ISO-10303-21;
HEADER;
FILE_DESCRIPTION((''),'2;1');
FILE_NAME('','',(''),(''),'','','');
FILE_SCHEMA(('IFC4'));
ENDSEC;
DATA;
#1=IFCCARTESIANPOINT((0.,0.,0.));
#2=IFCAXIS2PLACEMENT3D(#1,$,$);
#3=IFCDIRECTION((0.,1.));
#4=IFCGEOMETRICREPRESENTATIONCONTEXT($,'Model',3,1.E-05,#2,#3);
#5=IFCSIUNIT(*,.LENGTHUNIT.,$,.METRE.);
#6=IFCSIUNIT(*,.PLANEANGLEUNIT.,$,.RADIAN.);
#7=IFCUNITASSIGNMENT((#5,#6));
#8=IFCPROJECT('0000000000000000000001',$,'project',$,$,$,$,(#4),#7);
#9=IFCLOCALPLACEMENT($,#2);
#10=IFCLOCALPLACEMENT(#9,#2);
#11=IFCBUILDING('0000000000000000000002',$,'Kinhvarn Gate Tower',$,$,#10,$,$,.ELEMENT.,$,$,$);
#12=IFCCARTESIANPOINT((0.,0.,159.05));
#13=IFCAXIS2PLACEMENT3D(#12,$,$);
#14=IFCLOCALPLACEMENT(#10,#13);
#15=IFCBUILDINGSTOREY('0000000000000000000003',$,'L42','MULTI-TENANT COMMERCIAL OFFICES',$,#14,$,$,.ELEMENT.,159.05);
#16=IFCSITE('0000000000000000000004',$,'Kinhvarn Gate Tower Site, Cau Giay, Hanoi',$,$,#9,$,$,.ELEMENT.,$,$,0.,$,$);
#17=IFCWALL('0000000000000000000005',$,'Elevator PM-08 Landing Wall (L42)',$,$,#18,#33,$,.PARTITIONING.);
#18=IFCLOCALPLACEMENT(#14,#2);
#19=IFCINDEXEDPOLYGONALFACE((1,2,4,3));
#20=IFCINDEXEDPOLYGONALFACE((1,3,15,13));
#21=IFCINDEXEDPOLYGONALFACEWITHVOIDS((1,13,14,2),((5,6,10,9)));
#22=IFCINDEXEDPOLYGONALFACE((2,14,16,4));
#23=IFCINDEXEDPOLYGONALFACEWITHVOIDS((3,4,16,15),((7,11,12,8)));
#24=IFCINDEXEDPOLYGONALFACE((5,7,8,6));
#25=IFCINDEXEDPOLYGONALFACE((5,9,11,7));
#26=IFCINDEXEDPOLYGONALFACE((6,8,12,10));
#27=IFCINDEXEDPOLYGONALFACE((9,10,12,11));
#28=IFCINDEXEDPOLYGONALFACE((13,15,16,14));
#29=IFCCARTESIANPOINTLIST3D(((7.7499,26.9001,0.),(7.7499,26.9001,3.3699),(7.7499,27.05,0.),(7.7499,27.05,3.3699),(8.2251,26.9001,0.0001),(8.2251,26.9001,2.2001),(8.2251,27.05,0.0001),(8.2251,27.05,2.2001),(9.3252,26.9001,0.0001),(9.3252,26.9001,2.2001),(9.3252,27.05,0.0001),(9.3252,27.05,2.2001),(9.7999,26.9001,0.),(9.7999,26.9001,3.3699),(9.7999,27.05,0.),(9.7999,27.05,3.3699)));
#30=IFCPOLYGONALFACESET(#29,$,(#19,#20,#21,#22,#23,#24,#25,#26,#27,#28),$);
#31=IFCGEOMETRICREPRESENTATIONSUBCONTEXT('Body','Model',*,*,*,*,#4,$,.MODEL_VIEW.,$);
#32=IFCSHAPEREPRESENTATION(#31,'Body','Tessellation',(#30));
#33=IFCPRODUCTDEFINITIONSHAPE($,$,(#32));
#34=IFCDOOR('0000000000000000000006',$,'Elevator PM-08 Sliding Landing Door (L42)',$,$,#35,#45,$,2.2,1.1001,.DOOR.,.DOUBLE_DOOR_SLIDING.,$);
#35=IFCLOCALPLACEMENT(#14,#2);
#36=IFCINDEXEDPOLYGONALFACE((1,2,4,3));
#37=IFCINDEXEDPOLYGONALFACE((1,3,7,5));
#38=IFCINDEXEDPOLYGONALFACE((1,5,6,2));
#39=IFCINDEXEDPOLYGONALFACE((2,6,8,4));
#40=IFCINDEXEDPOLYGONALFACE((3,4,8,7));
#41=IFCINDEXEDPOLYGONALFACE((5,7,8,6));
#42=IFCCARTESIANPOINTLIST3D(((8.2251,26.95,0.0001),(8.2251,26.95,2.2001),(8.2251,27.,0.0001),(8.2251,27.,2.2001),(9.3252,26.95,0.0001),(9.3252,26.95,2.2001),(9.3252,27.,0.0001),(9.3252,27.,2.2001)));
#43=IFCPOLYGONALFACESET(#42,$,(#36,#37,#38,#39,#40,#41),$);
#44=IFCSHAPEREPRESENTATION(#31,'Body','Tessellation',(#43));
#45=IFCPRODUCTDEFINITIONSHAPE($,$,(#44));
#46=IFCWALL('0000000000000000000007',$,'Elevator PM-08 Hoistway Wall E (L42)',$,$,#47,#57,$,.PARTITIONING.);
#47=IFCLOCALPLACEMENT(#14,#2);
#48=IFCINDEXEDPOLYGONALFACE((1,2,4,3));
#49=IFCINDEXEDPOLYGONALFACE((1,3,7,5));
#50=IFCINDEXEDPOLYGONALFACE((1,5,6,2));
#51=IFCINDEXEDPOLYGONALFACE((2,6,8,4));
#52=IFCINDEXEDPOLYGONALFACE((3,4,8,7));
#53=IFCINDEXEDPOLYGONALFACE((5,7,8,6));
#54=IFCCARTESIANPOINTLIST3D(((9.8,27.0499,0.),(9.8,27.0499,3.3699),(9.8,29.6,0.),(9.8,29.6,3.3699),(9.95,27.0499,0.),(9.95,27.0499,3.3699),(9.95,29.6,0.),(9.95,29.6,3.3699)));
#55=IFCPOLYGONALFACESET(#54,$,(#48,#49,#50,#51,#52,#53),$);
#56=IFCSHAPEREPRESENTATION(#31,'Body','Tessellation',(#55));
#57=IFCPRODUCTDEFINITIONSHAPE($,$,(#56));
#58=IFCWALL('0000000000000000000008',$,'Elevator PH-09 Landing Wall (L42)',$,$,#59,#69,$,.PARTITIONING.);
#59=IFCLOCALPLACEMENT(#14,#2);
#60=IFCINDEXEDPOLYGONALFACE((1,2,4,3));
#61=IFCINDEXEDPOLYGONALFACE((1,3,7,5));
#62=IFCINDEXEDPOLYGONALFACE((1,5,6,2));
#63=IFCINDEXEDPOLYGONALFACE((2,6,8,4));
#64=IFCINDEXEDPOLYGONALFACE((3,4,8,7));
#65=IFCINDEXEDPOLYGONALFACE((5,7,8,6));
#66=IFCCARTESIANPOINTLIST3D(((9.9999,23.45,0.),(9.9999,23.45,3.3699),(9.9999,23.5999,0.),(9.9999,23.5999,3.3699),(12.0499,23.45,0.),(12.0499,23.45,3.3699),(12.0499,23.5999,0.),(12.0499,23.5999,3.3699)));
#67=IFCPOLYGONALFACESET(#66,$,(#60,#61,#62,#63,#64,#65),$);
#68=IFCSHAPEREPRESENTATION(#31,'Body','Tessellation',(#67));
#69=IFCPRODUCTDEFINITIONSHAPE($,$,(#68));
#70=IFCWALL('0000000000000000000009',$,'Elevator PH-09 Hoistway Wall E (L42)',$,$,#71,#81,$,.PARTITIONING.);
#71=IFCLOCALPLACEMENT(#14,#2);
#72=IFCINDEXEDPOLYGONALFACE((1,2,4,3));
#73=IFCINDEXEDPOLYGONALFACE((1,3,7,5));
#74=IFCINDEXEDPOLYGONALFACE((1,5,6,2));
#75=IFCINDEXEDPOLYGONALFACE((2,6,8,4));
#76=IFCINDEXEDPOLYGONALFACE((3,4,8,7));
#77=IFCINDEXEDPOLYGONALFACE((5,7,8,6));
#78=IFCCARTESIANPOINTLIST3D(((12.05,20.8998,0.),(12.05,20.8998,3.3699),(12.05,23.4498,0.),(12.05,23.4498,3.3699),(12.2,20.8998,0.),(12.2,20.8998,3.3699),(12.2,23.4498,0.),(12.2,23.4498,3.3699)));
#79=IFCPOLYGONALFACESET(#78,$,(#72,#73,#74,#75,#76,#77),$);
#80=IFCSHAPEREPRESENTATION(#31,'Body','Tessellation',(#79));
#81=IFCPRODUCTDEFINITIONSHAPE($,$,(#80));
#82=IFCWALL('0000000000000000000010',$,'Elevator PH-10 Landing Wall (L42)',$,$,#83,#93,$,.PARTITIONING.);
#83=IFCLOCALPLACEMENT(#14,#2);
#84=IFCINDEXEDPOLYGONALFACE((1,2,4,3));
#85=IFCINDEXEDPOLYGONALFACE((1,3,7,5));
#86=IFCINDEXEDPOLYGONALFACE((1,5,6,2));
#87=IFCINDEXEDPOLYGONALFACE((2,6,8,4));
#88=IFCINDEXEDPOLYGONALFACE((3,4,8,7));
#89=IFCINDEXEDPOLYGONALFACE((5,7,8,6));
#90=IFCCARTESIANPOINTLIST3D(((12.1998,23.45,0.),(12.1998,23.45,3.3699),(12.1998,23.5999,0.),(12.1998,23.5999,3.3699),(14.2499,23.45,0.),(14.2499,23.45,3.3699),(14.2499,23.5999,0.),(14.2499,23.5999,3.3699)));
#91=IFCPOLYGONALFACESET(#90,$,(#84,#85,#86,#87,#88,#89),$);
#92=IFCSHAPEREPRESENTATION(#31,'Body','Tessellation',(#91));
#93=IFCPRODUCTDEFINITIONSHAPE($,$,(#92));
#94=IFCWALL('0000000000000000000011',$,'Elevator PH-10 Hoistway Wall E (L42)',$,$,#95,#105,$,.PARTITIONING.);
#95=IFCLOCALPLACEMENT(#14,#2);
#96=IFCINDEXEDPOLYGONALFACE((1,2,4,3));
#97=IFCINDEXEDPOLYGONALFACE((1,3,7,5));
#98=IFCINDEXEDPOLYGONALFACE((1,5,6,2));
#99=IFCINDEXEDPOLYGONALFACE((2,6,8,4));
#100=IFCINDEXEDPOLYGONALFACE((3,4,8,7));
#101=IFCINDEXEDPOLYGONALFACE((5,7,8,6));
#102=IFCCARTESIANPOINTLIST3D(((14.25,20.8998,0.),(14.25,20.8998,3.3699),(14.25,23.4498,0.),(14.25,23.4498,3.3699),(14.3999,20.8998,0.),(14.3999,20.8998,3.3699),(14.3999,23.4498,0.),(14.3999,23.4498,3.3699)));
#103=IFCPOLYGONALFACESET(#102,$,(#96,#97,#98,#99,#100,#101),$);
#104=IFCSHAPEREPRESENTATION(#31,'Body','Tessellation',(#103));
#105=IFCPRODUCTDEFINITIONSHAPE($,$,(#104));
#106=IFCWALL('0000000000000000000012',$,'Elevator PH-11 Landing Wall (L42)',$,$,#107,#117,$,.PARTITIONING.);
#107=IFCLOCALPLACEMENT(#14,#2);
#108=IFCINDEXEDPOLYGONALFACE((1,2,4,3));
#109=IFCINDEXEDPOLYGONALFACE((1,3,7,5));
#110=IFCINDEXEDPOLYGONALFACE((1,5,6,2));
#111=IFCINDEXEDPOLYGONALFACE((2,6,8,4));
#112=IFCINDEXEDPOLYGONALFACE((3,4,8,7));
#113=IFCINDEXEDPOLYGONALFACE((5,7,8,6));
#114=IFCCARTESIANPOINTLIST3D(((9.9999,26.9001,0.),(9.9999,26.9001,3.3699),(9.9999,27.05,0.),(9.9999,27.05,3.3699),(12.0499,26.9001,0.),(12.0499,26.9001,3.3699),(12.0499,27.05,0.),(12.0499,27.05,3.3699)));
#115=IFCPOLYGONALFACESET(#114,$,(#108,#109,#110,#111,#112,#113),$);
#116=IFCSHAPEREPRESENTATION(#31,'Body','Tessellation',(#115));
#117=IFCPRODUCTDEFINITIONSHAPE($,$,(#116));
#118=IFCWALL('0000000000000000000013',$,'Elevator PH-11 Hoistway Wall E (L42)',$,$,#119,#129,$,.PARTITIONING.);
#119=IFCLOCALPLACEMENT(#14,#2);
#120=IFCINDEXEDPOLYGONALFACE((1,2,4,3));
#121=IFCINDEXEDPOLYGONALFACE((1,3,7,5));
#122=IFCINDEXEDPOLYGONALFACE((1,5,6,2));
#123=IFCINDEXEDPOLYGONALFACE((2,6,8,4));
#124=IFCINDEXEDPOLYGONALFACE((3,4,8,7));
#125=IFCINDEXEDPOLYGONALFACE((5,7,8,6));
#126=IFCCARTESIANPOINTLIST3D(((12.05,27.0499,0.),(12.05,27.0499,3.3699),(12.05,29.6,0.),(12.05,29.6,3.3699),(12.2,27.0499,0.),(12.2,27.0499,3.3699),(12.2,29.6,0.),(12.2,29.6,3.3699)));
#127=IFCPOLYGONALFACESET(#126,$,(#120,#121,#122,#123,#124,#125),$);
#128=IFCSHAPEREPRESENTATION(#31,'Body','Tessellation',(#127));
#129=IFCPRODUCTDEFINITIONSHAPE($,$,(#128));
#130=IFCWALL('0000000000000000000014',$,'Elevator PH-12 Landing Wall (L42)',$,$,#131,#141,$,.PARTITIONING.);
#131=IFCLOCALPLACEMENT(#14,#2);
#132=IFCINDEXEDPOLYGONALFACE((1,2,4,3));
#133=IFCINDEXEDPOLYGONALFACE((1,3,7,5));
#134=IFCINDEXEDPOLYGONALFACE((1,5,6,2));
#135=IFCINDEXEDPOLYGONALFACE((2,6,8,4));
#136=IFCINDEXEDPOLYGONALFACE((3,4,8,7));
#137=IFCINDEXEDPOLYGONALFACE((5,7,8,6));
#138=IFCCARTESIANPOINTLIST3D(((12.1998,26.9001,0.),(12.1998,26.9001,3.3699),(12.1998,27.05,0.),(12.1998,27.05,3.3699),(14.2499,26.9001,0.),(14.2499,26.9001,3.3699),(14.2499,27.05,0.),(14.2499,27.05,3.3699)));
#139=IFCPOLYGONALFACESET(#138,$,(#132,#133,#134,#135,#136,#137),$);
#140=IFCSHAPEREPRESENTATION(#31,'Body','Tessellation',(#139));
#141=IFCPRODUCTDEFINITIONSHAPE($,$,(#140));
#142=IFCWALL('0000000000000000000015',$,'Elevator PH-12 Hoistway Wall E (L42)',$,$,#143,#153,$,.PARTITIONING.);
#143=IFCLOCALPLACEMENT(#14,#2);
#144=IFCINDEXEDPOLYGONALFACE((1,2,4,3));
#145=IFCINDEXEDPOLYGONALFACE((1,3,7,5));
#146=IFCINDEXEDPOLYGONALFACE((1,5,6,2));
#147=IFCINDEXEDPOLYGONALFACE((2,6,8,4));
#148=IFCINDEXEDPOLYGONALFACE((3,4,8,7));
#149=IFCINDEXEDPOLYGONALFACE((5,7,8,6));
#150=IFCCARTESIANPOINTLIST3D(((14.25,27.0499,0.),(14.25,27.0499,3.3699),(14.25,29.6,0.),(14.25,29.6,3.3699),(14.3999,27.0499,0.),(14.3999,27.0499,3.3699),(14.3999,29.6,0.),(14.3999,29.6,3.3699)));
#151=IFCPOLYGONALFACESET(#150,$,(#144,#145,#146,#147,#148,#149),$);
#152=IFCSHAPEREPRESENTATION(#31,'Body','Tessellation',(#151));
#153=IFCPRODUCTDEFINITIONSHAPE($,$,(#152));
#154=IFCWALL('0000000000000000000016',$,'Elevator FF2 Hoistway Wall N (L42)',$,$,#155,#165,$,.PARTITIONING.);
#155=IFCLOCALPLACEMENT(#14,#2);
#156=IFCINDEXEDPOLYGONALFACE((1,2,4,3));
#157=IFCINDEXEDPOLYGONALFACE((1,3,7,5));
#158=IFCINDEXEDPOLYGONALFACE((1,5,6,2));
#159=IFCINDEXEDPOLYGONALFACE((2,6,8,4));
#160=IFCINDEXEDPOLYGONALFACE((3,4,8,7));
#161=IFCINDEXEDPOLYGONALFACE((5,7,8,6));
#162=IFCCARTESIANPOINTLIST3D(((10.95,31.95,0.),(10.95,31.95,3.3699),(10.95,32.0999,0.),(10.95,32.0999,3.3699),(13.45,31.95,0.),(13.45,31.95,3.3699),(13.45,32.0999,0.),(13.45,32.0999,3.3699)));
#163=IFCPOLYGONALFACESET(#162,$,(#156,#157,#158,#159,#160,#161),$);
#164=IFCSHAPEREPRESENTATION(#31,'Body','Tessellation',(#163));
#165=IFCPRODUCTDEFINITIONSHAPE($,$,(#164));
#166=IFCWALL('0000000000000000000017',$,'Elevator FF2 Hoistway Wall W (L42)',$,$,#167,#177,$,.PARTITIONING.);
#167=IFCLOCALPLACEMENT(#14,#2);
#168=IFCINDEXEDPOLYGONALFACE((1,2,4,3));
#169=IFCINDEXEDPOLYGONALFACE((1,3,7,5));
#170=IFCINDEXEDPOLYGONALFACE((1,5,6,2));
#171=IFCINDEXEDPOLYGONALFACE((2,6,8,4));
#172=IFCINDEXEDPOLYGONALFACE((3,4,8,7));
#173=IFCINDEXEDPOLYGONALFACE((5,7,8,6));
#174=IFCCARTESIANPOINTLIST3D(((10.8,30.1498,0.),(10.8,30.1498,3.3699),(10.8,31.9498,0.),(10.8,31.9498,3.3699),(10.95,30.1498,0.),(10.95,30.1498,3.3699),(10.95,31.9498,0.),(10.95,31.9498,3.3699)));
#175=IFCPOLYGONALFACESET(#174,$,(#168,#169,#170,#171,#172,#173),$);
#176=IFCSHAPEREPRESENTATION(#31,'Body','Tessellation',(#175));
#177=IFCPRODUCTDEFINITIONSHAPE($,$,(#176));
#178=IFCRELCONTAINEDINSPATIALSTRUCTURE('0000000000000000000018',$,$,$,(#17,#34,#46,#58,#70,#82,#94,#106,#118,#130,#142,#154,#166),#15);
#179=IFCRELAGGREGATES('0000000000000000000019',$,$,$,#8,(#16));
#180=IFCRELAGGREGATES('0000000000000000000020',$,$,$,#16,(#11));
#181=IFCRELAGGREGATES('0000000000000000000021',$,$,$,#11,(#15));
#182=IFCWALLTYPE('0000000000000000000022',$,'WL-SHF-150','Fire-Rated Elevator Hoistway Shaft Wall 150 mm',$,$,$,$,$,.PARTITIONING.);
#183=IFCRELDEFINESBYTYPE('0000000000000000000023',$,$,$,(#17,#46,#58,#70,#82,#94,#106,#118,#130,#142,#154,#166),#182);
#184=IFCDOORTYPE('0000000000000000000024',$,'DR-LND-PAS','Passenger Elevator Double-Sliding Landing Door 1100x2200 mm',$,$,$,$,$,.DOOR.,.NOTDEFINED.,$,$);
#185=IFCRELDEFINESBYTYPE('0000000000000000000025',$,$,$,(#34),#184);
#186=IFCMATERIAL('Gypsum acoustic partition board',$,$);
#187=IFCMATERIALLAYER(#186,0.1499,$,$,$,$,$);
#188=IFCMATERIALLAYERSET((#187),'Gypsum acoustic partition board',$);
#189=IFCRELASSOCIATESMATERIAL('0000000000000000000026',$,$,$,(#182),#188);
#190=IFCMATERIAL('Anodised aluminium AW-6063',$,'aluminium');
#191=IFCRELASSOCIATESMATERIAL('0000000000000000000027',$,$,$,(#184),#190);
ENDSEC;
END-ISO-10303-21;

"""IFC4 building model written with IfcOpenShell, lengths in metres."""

from ifc_helpers import new_model, si_unit, direction, frame, frame_2d, origin, place, context, subcontext, project, spatial, rectangle, extrude, material, layer, layer_set, type_object, element, fill, save


model = new_model("IFC4")

# Units and contexts
model_context = context("Model", 3, precision=1e-05, world=origin(), true_north=direction((0.0, 1.0)))
body_context = subcontext(model_context, "Body", "Model", "MODEL_VIEW")
ifc_project = project(units=[si_unit("LENGTHUNIT", "METRE"), si_unit("PLANEANGLEUNIT", "RADIAN")], contexts=[model_context])

# Site, building, storey
site_placement = place(None, origin())
site = spatial("IfcSite", under=ifc_project, at=site_placement, Name="Kinhvarn Gate Tower Site, Cau Giay, Hanoi", CompositionType="ELEMENT", RefElevation=0.0)
building_placement = place(site_placement, origin())
building = spatial("IfcBuilding", under=site, at=building_placement, Name="Kinhvarn Gate Tower", CompositionType="ELEMENT")
storey_placement = place(building_placement, frame((0.0, 0.0, 159.05)))
storey = spatial("IfcBuildingStorey", under=building, at=storey_placement, Name="L42", Description="MULTI-TENANT COMMERCIAL OFFICES", CompositionType="ELEMENT", Elevation=159.05)

# Shared definitions
ifc_material_1 = material(Name="Gypsum acoustic partition board")

# Shared definitions
ifc_layer_1 = layer(ifc_material_1, 0.1499)
ifc_layer_set_1 = layer_set([ifc_layer_1], Name="Gypsum acoustic partition board")
wall_type_1 = type_object("IfcWallType", Name="WL-SHF-150", Description="Fire-Rated Elevator Hoistway Shaft Wall 150 mm", PredefinedType="PARTITIONING", material=ifc_layer_set_1)
ifc_material_2 = material(Name="Anodised aluminium AW-6063", Category="aluminium")
door_type_1 = type_object("IfcDoorType", Name="DR-LND-PAS", Description="Passenger Elevator Double-Sliding Landing Door 1100x2200 mm", OperationType="NOTDEFINED", PredefinedType="DOOR", material=ifc_material_2)

# Wall, opening, door
wall_1_placement = place(storey_placement, frame((7.75, 26.9751, 0.0), z_axis=(0.0, 0.0, 1.0), x_axis=(1.0, 0.0, 0.0)))
wall_1 = element("IfcWall", 1, at=wall_1_placement, inside=storey, type_object=wall_type_1, Name="Elevator PM-08 Landing Wall (L42)", PredefinedType="PARTITIONING", context=body_context, shape_type="SweptSolid", body=[
    extrude(rectangle(XDim=2.05, YDim=0.1499, at=frame_2d((1.0249, 0.0))), origin(), (0.0, 0.0, 1.0), 3.3699),
])
opening_1_placement = place(wall_1_placement, frame((0.4751, 0.0, 0.0)))
opening_1 = element("IfcOpeningElement", 2, at=opening_1_placement, cuts=wall_1, PredefinedType="OPENING", context=body_context, shape_type="SweptSolid", body=[
    extrude(rectangle(XDim=1.1001, YDim=2.2, at=frame_2d((0.55, 1.1001))), frame((0.0, 0.085, 0.0), z_axis=(0.0, -1.0, 0.0), x_axis=(1.0, 0.0, 0.0)), (0.0, 0.0, 1.0), 0.1699),
])
door_1_placement = place(opening_1_placement, origin())
door_1 = element("IfcDoor", 3, at=door_1_placement, inside=storey, type_object=door_type_1, Name="Elevator PM-08 Sliding Landing Door (L42)", OperationType="DOUBLE_DOOR_SLIDING", OverallHeight=2.2, OverallWidth=1.1001, PredefinedType="DOOR", context=body_context, shape_type="SweptSolid", body=[
    extrude(rectangle(XDim=1.1001, YDim=2.2, at=frame_2d((0.55, 1.1001))), frame((0.0, 0.0249, 0.0), z_axis=(0.0, -1.0, 0.0), x_axis=(1.0, 0.0, 0.0)), (0.0, 0.0, 1.0), 0.05),
])
fill(opening_1, door_1)

# Walls
wall_2_placement = place(storey_placement, frame((9.875, 27.05, 0.0), z_axis=(0.0, 0.0, 1.0), x_axis=(0.0, 1.0, 0.0)))
element("IfcWall", 4, at=wall_2_placement, inside=storey, type_object=wall_type_1, Name="Elevator PM-08 Hoistway Wall E (L42)", PredefinedType="PARTITIONING", context=body_context, shape_type="SweptSolid", body=[
    extrude(rectangle(XDim=2.55, YDim=0.1499, at=frame_2d((1.2749, 0.0))), origin(), (0.0, 0.0, 1.0), 3.3699),
])
wall_3_placement = place(storey_placement, frame((10.0, 23.5249, 0.0), z_axis=(0.0, 0.0, 1.0), x_axis=(1.0, 0.0, 0.0)))
element("IfcWall", 5, at=wall_3_placement, inside=storey, type_object=wall_type_1, Name="Elevator PH-09 Landing Wall (L42)", PredefinedType="PARTITIONING", context=body_context, shape_type="SweptSolid", body=[
    extrude(rectangle(XDim=2.05, YDim=0.1499, at=frame_2d((1.0249, 0.0))), origin(), (0.0, 0.0, 1.0), 3.3699),
])
wall_4_placement = place(storey_placement, frame((12.125, 20.8999, 0.0), z_axis=(0.0, 0.0, 1.0), x_axis=(0.0, 1.0, 0.0)))
element("IfcWall", 6, at=wall_4_placement, inside=storey, type_object=wall_type_1, Name="Elevator PH-09 Hoistway Wall E (L42)", PredefinedType="PARTITIONING", context=body_context, shape_type="SweptSolid", body=[
    extrude(rectangle(XDim=2.55, YDim=0.1499, at=frame_2d((1.2749, 0.0))), origin(), (0.0, 0.0, 1.0), 3.3699),
])
wall_5_placement = place(storey_placement, frame((12.2, 23.5249, 0.0), z_axis=(0.0, 0.0, 1.0), x_axis=(1.0, 0.0, 0.0)))
element("IfcWall", 7, at=wall_5_placement, inside=storey, type_object=wall_type_1, Name="Elevator PH-10 Landing Wall (L42)", PredefinedType="PARTITIONING", context=body_context, shape_type="SweptSolid", body=[
    extrude(rectangle(XDim=2.05, YDim=0.1499, at=frame_2d((1.0249, 0.0))), origin(), (0.0, 0.0, 1.0), 3.3699),
])
wall_6_placement = place(storey_placement, frame((14.325, 20.8999, 0.0), z_axis=(0.0, 0.0, 1.0), x_axis=(0.0, 1.0, 0.0)))
element("IfcWall", 8, at=wall_6_placement, inside=storey, type_object=wall_type_1, Name="Elevator PH-10 Hoistway Wall E (L42)", PredefinedType="PARTITIONING", context=body_context, shape_type="SweptSolid", body=[
    extrude(rectangle(XDim=2.55, YDim=0.1499, at=frame_2d((1.2749, 0.0))), origin(), (0.0, 0.0, 1.0), 3.3699),
])
wall_7_placement = place(storey_placement, frame((10.0, 26.9751, 0.0), z_axis=(0.0, 0.0, 1.0), x_axis=(1.0, 0.0, 0.0)))
element("IfcWall", 9, at=wall_7_placement, inside=storey, type_object=wall_type_1, Name="Elevator PH-11 Landing Wall (L42)", PredefinedType="PARTITIONING", context=body_context, shape_type="SweptSolid", body=[
    extrude(rectangle(XDim=2.05, YDim=0.1499, at=frame_2d((1.0249, 0.0))), origin(), (0.0, 0.0, 1.0), 3.3699),
])
wall_8_placement = place(storey_placement, frame((12.125, 27.05, 0.0), z_axis=(0.0, 0.0, 1.0), x_axis=(0.0, 1.0, 0.0)))
element("IfcWall", 10, at=wall_8_placement, inside=storey, type_object=wall_type_1, Name="Elevator PH-11 Hoistway Wall E (L42)", PredefinedType="PARTITIONING", context=body_context, shape_type="SweptSolid", body=[
    extrude(rectangle(XDim=2.55, YDim=0.1499, at=frame_2d((1.2749, 0.0))), origin(), (0.0, 0.0, 1.0), 3.3699),
])
wall_9_placement = place(storey_placement, frame((12.2, 26.9751, 0.0), z_axis=(0.0, 0.0, 1.0), x_axis=(1.0, 0.0, 0.0)))
element("IfcWall", 11, at=wall_9_placement, inside=storey, type_object=wall_type_1, Name="Elevator PH-12 Landing Wall (L42)", PredefinedType="PARTITIONING", context=body_context, shape_type="SweptSolid", body=[
    extrude(rectangle(XDim=2.05, YDim=0.1499, at=frame_2d((1.0249, 0.0))), origin(), (0.0, 0.0, 1.0), 3.3699),
])
wall_10_placement = place(storey_placement, frame((14.325, 27.05, 0.0), z_axis=(0.0, 0.0, 1.0), x_axis=(0.0, 1.0, 0.0)))
element("IfcWall", 12, at=wall_10_placement, inside=storey, type_object=wall_type_1, Name="Elevator PH-12 Hoistway Wall E (L42)", PredefinedType="PARTITIONING", context=body_context, shape_type="SweptSolid", body=[
    extrude(rectangle(XDim=2.55, YDim=0.1499, at=frame_2d((1.2749, 0.0))), origin(), (0.0, 0.0, 1.0), 3.3699),
])
wall_11_placement = place(storey_placement, frame((10.95, 32.0249, 0.0), z_axis=(0.0, 0.0, 1.0), x_axis=(1.0, 0.0, 0.0)))
element("IfcWall", 13, at=wall_11_placement, inside=storey, type_object=wall_type_1, Name="Elevator FF2 Hoistway Wall N (L42)", PredefinedType="PARTITIONING", context=body_context, shape_type="SweptSolid", body=[
    extrude(rectangle(XDim=2.5, YDim=0.1499, at=frame_2d((1.25, 0.0))), origin(), (0.0, 0.0, 1.0), 3.3699),
])
wall_12_placement = place(storey_placement, frame((10.875, 30.1499, 0.0), z_axis=(0.0, 0.0, 1.0), x_axis=(0.0, 1.0, 0.0)))
element("IfcWall", 14, at=wall_12_placement, inside=storey, type_object=wall_type_1, Name="Elevator FF2 Hoistway Wall W (L42)", PredefinedType="PARTITIONING", context=body_context, shape_type="SweptSolid", body=[
    extrude(rectangle(XDim=1.8, YDim=0.1499, at=frame_2d((0.8999, 0.0))), origin(), (0.0, 0.0, 1.0), 3.3699),
])

save(model, "model.ifc")
